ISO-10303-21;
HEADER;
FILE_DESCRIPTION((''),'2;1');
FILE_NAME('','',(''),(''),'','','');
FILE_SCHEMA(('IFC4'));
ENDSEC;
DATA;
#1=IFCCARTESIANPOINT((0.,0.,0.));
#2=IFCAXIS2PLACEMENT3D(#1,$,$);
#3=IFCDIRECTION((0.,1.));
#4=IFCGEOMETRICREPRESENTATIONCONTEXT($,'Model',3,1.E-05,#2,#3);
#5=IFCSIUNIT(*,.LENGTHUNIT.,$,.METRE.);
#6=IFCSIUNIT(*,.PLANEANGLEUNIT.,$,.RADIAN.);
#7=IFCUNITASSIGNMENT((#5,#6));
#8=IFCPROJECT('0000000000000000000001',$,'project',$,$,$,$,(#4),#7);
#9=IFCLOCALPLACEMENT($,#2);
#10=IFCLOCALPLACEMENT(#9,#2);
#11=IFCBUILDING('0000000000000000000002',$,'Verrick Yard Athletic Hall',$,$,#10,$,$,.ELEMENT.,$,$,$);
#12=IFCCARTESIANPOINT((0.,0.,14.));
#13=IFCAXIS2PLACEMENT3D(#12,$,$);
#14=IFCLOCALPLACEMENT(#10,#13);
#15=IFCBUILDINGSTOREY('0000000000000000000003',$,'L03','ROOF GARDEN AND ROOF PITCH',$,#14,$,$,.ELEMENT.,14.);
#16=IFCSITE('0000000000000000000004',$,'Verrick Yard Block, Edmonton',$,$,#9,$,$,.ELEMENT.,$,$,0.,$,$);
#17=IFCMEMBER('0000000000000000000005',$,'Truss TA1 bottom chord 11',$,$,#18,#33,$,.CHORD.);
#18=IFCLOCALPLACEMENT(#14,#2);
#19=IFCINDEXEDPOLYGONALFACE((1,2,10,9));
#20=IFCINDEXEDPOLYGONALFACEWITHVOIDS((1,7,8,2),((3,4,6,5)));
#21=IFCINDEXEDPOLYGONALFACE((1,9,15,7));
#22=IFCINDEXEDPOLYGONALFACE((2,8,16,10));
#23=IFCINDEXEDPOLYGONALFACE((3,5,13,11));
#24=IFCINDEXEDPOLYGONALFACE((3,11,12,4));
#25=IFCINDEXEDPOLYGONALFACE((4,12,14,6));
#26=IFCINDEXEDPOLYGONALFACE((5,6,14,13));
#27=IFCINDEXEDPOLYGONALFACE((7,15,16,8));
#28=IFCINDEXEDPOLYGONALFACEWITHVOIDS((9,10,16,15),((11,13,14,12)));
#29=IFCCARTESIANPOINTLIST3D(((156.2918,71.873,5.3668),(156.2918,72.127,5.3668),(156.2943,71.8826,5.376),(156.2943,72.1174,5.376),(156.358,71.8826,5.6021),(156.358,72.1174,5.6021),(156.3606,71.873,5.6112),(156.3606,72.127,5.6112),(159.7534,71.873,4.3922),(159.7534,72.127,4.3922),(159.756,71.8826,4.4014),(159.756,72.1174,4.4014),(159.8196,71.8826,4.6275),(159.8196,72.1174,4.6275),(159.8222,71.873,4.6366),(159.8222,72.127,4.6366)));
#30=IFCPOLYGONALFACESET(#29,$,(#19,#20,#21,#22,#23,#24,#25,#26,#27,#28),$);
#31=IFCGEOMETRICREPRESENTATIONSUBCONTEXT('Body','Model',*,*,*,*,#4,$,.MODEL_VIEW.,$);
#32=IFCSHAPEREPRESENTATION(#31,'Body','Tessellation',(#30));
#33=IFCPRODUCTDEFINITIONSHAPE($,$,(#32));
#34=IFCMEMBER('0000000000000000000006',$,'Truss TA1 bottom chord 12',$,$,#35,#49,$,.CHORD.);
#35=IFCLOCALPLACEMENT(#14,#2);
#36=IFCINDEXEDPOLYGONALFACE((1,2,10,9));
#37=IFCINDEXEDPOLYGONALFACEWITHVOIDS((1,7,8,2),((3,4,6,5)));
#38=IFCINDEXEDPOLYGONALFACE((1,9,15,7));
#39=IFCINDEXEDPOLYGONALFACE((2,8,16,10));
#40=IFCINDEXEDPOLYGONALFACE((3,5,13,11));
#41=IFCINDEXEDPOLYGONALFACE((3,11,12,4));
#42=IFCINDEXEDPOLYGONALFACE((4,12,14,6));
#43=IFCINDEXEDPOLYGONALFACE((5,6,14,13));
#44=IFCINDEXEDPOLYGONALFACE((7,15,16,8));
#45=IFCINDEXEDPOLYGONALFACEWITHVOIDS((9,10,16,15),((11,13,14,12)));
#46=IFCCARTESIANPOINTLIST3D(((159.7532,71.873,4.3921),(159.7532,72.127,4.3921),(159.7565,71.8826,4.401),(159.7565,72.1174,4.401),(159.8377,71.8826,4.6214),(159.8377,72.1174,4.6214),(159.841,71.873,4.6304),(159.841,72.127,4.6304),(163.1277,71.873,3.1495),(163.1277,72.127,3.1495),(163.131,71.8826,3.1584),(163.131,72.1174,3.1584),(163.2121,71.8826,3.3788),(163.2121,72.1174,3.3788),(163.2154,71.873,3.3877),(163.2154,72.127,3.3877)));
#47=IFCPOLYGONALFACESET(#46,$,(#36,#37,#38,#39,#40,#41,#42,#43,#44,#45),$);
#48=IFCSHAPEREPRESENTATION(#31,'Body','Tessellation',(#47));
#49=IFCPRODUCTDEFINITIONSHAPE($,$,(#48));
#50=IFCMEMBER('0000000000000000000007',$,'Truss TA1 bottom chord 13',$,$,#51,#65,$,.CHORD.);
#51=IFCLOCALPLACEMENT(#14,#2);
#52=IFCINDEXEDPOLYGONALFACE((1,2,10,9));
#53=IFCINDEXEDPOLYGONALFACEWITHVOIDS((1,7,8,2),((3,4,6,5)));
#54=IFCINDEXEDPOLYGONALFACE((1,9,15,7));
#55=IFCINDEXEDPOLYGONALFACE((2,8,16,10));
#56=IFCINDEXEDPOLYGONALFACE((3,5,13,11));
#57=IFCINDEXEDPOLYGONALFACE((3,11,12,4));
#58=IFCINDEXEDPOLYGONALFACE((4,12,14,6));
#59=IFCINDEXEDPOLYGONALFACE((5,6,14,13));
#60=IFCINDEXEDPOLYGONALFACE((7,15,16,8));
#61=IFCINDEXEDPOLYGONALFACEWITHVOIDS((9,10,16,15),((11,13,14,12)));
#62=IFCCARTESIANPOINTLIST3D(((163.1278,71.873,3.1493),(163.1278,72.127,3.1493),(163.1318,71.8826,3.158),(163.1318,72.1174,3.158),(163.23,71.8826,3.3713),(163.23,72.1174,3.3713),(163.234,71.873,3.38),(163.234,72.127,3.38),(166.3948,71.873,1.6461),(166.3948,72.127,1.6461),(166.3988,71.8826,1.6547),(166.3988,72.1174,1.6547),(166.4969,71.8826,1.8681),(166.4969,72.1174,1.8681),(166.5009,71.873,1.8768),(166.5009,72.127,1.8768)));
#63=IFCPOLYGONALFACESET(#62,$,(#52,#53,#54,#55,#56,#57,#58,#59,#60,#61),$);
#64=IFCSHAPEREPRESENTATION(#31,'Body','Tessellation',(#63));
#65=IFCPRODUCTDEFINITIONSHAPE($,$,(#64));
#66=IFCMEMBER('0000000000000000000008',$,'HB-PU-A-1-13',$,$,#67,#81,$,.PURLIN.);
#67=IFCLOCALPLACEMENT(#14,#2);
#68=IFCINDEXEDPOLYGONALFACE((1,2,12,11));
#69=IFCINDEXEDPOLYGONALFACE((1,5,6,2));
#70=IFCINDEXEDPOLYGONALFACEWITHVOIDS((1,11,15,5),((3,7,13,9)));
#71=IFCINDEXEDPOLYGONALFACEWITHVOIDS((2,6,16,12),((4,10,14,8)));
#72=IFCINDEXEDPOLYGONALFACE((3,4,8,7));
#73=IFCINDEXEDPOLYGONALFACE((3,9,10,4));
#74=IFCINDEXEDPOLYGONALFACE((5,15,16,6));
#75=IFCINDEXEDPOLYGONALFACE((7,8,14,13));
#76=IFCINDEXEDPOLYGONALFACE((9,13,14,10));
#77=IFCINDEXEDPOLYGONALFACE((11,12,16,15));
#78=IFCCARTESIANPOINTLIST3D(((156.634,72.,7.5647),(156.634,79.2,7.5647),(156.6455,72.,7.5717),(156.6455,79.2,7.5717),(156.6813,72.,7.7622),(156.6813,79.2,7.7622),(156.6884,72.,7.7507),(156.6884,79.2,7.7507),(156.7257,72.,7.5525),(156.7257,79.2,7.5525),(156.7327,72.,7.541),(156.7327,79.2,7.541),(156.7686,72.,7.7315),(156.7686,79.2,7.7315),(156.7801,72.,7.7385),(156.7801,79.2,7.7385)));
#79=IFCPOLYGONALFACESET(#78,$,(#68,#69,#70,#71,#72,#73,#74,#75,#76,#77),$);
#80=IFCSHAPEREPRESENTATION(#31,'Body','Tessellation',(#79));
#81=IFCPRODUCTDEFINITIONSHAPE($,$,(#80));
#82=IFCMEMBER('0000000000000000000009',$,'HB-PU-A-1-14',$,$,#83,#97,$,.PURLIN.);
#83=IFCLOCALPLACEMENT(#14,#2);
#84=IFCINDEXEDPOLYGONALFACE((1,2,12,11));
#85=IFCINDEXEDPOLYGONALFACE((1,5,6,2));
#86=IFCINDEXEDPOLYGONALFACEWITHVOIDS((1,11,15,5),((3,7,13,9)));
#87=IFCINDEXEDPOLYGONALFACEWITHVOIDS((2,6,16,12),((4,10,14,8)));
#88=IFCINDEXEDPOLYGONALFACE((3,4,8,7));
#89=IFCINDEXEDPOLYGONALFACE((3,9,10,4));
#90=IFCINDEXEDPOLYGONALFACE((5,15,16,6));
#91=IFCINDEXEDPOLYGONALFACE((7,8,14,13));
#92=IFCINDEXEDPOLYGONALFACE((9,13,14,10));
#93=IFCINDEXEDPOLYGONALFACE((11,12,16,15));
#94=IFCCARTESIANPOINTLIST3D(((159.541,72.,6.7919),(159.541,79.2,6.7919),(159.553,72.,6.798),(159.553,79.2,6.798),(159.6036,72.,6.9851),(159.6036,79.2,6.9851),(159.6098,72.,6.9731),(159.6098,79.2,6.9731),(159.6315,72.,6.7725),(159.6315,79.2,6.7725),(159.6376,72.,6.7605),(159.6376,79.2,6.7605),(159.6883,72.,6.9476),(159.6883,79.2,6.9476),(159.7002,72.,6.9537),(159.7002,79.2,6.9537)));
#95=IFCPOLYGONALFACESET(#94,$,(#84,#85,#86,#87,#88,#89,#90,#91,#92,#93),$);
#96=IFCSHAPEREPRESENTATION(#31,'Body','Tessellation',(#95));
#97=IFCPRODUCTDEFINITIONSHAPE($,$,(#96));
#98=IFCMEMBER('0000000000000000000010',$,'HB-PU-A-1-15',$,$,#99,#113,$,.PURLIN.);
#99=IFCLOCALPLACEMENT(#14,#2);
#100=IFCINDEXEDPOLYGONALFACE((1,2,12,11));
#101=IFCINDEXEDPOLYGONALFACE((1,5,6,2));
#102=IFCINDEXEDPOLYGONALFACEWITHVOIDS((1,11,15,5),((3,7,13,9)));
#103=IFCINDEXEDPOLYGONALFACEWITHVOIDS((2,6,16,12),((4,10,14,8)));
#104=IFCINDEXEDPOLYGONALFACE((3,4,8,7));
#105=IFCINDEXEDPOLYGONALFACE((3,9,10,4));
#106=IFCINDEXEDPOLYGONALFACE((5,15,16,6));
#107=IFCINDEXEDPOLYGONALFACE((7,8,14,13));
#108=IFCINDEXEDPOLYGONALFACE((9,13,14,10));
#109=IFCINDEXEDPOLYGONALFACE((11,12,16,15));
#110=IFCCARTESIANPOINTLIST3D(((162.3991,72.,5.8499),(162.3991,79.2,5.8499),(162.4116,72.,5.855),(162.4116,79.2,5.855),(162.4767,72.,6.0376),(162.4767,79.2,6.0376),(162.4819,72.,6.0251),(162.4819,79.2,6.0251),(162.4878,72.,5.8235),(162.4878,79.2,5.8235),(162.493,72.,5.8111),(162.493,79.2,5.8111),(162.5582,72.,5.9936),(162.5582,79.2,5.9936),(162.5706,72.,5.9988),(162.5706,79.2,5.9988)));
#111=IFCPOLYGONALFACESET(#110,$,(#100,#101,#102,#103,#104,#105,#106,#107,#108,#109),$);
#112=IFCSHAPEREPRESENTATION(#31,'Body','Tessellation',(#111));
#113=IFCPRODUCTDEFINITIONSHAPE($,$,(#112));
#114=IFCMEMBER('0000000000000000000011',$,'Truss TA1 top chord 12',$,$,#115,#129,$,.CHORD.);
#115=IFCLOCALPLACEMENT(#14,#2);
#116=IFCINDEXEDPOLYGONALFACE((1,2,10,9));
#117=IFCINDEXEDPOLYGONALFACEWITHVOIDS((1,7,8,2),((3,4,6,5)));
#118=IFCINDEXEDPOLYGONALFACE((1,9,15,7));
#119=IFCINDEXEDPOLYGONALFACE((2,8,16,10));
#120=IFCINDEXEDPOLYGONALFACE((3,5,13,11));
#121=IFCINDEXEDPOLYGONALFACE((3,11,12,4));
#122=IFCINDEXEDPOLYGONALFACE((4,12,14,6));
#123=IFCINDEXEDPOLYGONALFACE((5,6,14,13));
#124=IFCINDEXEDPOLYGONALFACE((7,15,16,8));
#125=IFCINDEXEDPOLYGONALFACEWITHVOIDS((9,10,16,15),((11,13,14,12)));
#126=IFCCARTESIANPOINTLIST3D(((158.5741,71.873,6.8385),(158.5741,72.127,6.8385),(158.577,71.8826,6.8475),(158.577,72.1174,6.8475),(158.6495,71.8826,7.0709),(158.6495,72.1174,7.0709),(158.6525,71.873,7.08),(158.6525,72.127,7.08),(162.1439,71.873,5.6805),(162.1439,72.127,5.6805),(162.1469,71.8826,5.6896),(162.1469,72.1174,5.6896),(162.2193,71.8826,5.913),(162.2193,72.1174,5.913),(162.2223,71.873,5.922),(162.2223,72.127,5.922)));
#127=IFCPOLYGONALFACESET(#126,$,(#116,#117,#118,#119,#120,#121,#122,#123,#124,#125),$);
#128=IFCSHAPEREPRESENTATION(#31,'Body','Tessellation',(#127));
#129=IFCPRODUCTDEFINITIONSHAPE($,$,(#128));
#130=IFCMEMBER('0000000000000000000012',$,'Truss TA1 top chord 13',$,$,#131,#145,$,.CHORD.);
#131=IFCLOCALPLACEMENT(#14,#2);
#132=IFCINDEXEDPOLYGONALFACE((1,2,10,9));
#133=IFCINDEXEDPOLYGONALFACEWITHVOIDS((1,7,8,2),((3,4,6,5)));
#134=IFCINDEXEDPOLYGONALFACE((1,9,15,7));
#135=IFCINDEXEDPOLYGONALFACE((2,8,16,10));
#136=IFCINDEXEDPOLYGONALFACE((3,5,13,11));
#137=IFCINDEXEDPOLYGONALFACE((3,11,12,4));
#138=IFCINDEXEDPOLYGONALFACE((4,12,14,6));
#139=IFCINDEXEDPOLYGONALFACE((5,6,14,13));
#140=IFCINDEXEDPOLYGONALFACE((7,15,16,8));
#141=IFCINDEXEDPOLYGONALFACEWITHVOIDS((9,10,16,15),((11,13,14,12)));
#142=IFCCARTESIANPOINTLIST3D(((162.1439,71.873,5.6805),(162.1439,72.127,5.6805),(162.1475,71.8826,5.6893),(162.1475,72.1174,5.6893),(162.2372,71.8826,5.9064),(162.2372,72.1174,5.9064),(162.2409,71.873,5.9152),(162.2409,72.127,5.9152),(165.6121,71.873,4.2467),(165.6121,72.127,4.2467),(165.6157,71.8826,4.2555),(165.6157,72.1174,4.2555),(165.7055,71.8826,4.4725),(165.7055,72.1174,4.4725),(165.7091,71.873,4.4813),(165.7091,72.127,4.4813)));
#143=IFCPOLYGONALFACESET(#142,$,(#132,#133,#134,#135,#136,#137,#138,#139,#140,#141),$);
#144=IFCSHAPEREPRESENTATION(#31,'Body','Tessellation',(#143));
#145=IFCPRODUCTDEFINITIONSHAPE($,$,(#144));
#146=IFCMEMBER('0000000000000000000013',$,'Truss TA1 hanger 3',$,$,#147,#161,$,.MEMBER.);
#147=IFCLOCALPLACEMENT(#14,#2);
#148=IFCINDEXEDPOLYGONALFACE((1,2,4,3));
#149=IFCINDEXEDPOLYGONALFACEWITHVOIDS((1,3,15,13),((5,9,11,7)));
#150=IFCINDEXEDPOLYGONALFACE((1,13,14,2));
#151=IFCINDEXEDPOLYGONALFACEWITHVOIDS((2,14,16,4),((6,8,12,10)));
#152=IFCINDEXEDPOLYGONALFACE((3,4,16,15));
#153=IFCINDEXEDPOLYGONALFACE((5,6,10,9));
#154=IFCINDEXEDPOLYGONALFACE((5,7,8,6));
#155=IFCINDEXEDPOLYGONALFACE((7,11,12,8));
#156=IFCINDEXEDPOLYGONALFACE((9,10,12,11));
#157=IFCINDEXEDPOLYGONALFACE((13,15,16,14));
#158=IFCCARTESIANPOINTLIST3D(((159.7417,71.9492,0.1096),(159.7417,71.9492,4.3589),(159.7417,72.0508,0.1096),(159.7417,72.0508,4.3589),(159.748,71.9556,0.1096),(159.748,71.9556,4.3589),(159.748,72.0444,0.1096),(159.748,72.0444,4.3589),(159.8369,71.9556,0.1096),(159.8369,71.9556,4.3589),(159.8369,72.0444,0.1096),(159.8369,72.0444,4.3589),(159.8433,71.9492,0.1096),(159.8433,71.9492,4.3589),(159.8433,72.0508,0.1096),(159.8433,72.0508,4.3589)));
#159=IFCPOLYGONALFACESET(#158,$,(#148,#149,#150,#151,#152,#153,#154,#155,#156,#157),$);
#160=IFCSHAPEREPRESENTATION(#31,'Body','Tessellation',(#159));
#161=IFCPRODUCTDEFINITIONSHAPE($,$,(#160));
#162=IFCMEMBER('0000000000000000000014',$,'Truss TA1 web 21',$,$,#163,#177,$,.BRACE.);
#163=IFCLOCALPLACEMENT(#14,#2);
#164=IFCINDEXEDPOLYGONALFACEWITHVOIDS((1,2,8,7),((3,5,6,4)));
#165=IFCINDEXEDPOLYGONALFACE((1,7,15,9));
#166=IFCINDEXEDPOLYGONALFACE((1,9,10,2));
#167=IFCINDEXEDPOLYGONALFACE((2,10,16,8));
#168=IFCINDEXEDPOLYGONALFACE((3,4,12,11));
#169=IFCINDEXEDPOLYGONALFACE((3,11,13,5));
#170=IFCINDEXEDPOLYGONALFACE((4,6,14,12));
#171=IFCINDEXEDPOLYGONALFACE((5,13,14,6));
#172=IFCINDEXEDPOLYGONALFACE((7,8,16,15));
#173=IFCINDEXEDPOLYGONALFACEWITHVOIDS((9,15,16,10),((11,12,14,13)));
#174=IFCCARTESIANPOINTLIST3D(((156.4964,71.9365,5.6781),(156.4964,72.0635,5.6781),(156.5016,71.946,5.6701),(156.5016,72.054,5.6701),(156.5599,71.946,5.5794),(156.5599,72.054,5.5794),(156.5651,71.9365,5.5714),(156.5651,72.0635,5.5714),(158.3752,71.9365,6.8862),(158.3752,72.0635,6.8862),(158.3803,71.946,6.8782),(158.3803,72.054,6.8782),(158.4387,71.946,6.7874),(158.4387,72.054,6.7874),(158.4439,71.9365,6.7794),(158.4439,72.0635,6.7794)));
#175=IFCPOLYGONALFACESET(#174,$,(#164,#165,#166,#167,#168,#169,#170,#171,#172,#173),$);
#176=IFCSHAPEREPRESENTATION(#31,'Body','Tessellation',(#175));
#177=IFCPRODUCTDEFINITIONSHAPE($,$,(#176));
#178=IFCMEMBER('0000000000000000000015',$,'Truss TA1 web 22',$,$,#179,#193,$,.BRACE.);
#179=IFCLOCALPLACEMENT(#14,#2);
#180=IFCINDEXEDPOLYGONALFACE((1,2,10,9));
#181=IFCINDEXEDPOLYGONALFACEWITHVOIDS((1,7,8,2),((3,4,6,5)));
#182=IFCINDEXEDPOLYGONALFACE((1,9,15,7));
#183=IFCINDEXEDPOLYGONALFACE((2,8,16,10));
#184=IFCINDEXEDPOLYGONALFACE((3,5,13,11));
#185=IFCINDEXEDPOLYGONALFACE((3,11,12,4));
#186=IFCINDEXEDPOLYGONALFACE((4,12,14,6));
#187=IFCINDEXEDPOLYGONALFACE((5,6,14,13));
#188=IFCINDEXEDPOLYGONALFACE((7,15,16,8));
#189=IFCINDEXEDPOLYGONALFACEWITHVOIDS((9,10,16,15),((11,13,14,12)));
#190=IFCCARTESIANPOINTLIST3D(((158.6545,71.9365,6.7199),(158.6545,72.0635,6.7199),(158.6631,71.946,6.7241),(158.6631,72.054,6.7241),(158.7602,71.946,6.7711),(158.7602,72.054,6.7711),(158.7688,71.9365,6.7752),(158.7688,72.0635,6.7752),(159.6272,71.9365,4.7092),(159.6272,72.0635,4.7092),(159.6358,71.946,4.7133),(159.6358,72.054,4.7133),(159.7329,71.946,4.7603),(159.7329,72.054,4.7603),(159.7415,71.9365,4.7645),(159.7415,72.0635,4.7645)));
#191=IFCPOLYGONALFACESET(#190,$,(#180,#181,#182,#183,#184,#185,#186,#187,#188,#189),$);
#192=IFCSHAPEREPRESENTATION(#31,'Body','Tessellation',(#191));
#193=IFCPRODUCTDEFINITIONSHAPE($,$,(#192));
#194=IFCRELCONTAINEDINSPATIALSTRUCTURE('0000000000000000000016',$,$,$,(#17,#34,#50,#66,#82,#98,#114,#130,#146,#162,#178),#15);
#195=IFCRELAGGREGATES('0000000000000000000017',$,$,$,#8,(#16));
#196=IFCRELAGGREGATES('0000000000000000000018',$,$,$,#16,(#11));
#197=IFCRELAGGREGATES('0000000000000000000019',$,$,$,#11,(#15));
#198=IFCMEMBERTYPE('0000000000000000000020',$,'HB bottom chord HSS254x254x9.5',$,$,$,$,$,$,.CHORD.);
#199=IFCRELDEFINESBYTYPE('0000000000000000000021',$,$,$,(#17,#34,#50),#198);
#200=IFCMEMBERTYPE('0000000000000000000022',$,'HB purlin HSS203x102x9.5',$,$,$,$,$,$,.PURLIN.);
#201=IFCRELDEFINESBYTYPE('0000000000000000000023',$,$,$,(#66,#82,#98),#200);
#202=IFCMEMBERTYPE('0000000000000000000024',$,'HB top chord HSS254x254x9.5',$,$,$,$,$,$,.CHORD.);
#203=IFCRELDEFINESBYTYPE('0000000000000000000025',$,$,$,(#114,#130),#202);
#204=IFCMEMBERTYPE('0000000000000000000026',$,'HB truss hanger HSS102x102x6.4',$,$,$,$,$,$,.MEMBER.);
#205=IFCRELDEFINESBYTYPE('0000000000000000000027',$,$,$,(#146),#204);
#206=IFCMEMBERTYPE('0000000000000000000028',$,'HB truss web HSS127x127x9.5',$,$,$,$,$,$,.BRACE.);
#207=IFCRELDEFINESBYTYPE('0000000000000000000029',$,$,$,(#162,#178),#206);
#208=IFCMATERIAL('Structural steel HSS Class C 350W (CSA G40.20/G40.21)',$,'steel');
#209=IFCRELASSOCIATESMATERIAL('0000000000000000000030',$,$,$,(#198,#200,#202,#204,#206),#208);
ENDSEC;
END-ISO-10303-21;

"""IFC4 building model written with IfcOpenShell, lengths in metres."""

from ifc_helpers import new_model, si_unit, direction, frame, origin, origin_2d, place, context, subcontext, project, spatial, hollow_rectangle, extrude, material, material_profile, profile_set, type_object, element, save


model = new_model("IFC4")

# Units and contexts
model_context = context("Model", 3, precision=1e-05, world=origin(), true_north=direction((0.0, 1.0)))
body_context = subcontext(model_context, "Body", "Model", "MODEL_VIEW")
ifc_project = project(units=[si_unit("LENGTHUNIT", "METRE"), si_unit("PLANEANGLEUNIT", "RADIAN")], contexts=[model_context])

# Site, building, storey
site_placement = place(None, origin())
site = spatial("IfcSite", under=ifc_project, at=site_placement, Name="Verrick Yard Block, Edmonton", CompositionType="ELEMENT", RefElevation=0.0)
building_placement = place(site_placement, origin())
building = spatial("IfcBuilding", under=site, at=building_placement, Name="Verrick Yard Athletic Hall", CompositionType="ELEMENT")
storey_placement = place(building_placement, frame((0.0, 0.0, 14.0)))
storey = spatial("IfcBuildingStorey", under=building, at=storey_placement, Name="L03", Description="ROOF GARDEN AND ROOF PITCH", CompositionType="ELEMENT", Elevation=14.0)

# Members
ifc_material_1 = material(Name="Structural steel HSS Class C 350W (CSA G40.20/G40.21)", Category="steel")
ifc_material_profile_1 = material_profile(ifc_material_1, hollow_rectangle(XDim=0.2539, YDim=0.2539, WallThickness=0.0095, at=origin_2d()), Name="HSS254x254x9.5")
ifc_profile_set_1 = profile_set([ifc_material_profile_1], Name="Structural steel HSS Class C 350W (CSA G40.20/G40.21)")
member_type_1 = type_object("IfcMemberType", Name="HB bottom chord HSS254x254x9.5", PredefinedType="CHORD", material=ifc_profile_set_1)
member_1_placement = place(storey_placement, frame((156.3262, 72.0, 5.489), z_axis=(0.962577, 0.0, -0.271007), x_axis=(0.0, 1.0, 0.0)))
element("IfcMember", 1, at=member_1_placement, inside=storey, type_object=member_type_1, Name="Truss TA1 bottom chord 11", PredefinedType="CHORD", context=body_context, shape_type="SweptSolid", body=[
    extrude(hollow_rectangle(XDim=0.2539, YDim=0.2539, WallThickness=0.0095, at=origin_2d()), origin(), (0.0, 0.0, 1.0), 3.5962),
])
member_2_placement = place(storey_placement, frame((159.7971, 72.0, 4.5112), z_axis=(0.938394, 0.0, -0.345567), x_axis=(0.0, 1.0, 0.0)))
element("IfcMember", 2, at=member_2_placement, inside=storey, type_object=member_type_1, Name="Truss TA1 bottom chord 12", PredefinedType="CHORD", context=body_context, shape_type="SweptSolid", body=[
    extrude(hollow_rectangle(XDim=0.2539, YDim=0.2539, WallThickness=0.0095, at=origin_2d()), origin(), (0.0, 0.0, 1.0), 3.5959),
])
member_3_placement = place(storey_placement, frame((163.1809, 72.0, 3.2646), z_axis=(0.908446, 0.0, -0.418003), x_axis=(0.0, 1.0, 0.0)))
element("IfcMember", 3, at=member_3_placement, inside=storey, type_object=member_type_1, Name="Truss TA1 bottom chord 13", PredefinedType="CHORD", context=body_context, shape_type="SweptSolid", body=[
    extrude(hollow_rectangle(XDim=0.2539, YDim=0.2539, WallThickness=0.0095, at=origin_2d()), origin(), (0.0, 0.0, 1.0), 3.5962),
])
ifc_material_profile_2 = material_profile(ifc_material_1, hollow_rectangle(XDim=0.1016, YDim=0.2031, WallThickness=0.0095, at=origin_2d()), Name="HSS203x102x9.5")
ifc_profile_set_2 = profile_set([ifc_material_profile_2], Name="Structural steel HSS Class C 350W (CSA G40.20/G40.21)")
member_type_2 = type_object("IfcMemberType", Name="HB purlin HSS203x102x9.5", PredefinedType="PURLIN", material=ifc_profile_set_2)
for number, where, z_axis, x_axis, name in (
    (4, (156.707, 72.0, 7.6516), (0.0, 1.0, 0.0), (-0.972459, 0.0, 0.233074), "HB-PU-A-1-13"),
    (5, (159.6206, 72.0, 6.8728), (0.0, 1.0, 0.0), (-0.951214, 0.0, 0.308533), "HB-PU-A-1-14"),
    (6, (162.4849, 72.0, 5.9243), (0.0, 1.0, 0.0), (-0.924123, 0.0, 0.382096), "HB-PU-A-1-15"),
):
    element("IfcMember", number, at=place(storey_placement, frame(where, z_axis=z_axis, x_axis=x_axis)), inside=storey, type_object=member_type_2, Name=name, PredefinedType="PURLIN", context=body_context, shape_type="SweptSolid", body=[
        extrude(hollow_rectangle(XDim=0.1016, YDim=0.2031, WallThickness=0.0095, at=origin_2d()), origin(), (0.0, 0.0, 1.0), 7.2),
    ])
ifc_material_profile_3 = material_profile(ifc_material_1, hollow_rectangle(XDim=0.2539, YDim=0.2539, WallThickness=0.0095, at=origin_2d()), Name="HSS254x254x9.5")
ifc_profile_set_3 = profile_set([ifc_material_profile_3], Name="Structural steel HSS Class C 350W (CSA G40.20/G40.21)")
member_type_3 = type_object("IfcMemberType", Name="HB top chord HSS254x254x9.5", PredefinedType="CHORD", material=ifc_profile_set_3)
for number, where, z_axis, x_axis, name in (
    (7, (158.6133, 72.0, 6.9592), (0.951209, 0.0, -0.308548), (0.0, 1.0, 0.0), "Truss TA1 top chord 12"),
    (8, (162.1924, 72.0, 5.7979), (0.92414, 0.0, -0.382055), (0.0, 1.0, 0.0), "Truss TA1 top chord 13"),
):
    element("IfcMember", number, at=place(storey_placement, frame(where, z_axis=z_axis, x_axis=x_axis)), inside=storey, type_object=member_type_3, Name=name, PredefinedType="CHORD", context=body_context, shape_type="SweptSolid", body=[
        extrude(hollow_rectangle(XDim=0.2539, YDim=0.2539, WallThickness=0.0095, at=origin_2d()), origin(), (0.0, 0.0, 1.0), 3.7529),
    ])
ifc_material_profile_4 = material_profile(ifc_material_1, hollow_rectangle(XDim=0.1016, YDim=0.1016, WallThickness=0.0063, at=origin_2d()), Name="HSS102x102x6.4")
ifc_profile_set_4 = profile_set([ifc_material_profile_4], Name="Structural steel HSS Class C 350W (CSA G40.20/G40.21)")
member_type_4 = type_object("IfcMemberType", Name="HB truss hanger HSS102x102x6.4", PredefinedType="MEMBER", material=ifc_profile_set_4)
member_4_placement = place(storey_placement, frame((159.7925, 72.0, 4.3589), z_axis=(0.0, 0.0, -1.0), x_axis=(0.0, -1.0, 0.0)))
element("IfcMember", 9, at=member_4_placement, inside=storey, type_object=member_type_4, Name="Truss TA1 hanger 3", PredefinedType="MEMBER", context=body_context, shape_type="SweptSolid", body=[
    extrude(hollow_rectangle(XDim=0.1016, YDim=0.1016, WallThickness=0.0063, at=origin_2d()), origin(), (0.0, 0.0, 1.0), 4.2493),
])
ifc_material_profile_5 = material_profile(ifc_material_1, hollow_rectangle(XDim=0.127, YDim=0.127, WallThickness=0.0095, at=origin_2d()), Name="HSS127x127x9.5")
ifc_profile_set_5 = profile_set([ifc_material_profile_5], Name="Structural steel HSS Class C 350W (CSA G40.20/G40.21)")
member_type_5 = type_object("IfcMemberType", Name="HB truss web HSS127x127x9.5", PredefinedType="BRACE", material=ifc_profile_set_5)
for number, where, z_axis, x_axis, name in (
    (10, (156.5308, 72.0, 5.6248), (0.841118, 0.0, 0.540852), (0.0, 1.0, 0.0), "Truss TA1 web 21"),
    (11, (158.7117, 72.0, 6.7476), (0.435458, 0.0, -0.900209), (0.0, 1.0, 0.0), "Truss TA1 web 22"),
):
    element("IfcMember", number, at=place(storey_placement, frame(where, z_axis=z_axis, x_axis=x_axis)), inside=storey, type_object=member_type_5, Name=name, PredefinedType="BRACE", context=body_context, shape_type="SweptSolid", body=[
        extrude(hollow_rectangle(XDim=0.127, YDim=0.127, WallThickness=0.0095, at=origin_2d()), origin(), (0.0, 0.0, 1.0), 2.2336),
    ])

save(model, "model.ifc")
